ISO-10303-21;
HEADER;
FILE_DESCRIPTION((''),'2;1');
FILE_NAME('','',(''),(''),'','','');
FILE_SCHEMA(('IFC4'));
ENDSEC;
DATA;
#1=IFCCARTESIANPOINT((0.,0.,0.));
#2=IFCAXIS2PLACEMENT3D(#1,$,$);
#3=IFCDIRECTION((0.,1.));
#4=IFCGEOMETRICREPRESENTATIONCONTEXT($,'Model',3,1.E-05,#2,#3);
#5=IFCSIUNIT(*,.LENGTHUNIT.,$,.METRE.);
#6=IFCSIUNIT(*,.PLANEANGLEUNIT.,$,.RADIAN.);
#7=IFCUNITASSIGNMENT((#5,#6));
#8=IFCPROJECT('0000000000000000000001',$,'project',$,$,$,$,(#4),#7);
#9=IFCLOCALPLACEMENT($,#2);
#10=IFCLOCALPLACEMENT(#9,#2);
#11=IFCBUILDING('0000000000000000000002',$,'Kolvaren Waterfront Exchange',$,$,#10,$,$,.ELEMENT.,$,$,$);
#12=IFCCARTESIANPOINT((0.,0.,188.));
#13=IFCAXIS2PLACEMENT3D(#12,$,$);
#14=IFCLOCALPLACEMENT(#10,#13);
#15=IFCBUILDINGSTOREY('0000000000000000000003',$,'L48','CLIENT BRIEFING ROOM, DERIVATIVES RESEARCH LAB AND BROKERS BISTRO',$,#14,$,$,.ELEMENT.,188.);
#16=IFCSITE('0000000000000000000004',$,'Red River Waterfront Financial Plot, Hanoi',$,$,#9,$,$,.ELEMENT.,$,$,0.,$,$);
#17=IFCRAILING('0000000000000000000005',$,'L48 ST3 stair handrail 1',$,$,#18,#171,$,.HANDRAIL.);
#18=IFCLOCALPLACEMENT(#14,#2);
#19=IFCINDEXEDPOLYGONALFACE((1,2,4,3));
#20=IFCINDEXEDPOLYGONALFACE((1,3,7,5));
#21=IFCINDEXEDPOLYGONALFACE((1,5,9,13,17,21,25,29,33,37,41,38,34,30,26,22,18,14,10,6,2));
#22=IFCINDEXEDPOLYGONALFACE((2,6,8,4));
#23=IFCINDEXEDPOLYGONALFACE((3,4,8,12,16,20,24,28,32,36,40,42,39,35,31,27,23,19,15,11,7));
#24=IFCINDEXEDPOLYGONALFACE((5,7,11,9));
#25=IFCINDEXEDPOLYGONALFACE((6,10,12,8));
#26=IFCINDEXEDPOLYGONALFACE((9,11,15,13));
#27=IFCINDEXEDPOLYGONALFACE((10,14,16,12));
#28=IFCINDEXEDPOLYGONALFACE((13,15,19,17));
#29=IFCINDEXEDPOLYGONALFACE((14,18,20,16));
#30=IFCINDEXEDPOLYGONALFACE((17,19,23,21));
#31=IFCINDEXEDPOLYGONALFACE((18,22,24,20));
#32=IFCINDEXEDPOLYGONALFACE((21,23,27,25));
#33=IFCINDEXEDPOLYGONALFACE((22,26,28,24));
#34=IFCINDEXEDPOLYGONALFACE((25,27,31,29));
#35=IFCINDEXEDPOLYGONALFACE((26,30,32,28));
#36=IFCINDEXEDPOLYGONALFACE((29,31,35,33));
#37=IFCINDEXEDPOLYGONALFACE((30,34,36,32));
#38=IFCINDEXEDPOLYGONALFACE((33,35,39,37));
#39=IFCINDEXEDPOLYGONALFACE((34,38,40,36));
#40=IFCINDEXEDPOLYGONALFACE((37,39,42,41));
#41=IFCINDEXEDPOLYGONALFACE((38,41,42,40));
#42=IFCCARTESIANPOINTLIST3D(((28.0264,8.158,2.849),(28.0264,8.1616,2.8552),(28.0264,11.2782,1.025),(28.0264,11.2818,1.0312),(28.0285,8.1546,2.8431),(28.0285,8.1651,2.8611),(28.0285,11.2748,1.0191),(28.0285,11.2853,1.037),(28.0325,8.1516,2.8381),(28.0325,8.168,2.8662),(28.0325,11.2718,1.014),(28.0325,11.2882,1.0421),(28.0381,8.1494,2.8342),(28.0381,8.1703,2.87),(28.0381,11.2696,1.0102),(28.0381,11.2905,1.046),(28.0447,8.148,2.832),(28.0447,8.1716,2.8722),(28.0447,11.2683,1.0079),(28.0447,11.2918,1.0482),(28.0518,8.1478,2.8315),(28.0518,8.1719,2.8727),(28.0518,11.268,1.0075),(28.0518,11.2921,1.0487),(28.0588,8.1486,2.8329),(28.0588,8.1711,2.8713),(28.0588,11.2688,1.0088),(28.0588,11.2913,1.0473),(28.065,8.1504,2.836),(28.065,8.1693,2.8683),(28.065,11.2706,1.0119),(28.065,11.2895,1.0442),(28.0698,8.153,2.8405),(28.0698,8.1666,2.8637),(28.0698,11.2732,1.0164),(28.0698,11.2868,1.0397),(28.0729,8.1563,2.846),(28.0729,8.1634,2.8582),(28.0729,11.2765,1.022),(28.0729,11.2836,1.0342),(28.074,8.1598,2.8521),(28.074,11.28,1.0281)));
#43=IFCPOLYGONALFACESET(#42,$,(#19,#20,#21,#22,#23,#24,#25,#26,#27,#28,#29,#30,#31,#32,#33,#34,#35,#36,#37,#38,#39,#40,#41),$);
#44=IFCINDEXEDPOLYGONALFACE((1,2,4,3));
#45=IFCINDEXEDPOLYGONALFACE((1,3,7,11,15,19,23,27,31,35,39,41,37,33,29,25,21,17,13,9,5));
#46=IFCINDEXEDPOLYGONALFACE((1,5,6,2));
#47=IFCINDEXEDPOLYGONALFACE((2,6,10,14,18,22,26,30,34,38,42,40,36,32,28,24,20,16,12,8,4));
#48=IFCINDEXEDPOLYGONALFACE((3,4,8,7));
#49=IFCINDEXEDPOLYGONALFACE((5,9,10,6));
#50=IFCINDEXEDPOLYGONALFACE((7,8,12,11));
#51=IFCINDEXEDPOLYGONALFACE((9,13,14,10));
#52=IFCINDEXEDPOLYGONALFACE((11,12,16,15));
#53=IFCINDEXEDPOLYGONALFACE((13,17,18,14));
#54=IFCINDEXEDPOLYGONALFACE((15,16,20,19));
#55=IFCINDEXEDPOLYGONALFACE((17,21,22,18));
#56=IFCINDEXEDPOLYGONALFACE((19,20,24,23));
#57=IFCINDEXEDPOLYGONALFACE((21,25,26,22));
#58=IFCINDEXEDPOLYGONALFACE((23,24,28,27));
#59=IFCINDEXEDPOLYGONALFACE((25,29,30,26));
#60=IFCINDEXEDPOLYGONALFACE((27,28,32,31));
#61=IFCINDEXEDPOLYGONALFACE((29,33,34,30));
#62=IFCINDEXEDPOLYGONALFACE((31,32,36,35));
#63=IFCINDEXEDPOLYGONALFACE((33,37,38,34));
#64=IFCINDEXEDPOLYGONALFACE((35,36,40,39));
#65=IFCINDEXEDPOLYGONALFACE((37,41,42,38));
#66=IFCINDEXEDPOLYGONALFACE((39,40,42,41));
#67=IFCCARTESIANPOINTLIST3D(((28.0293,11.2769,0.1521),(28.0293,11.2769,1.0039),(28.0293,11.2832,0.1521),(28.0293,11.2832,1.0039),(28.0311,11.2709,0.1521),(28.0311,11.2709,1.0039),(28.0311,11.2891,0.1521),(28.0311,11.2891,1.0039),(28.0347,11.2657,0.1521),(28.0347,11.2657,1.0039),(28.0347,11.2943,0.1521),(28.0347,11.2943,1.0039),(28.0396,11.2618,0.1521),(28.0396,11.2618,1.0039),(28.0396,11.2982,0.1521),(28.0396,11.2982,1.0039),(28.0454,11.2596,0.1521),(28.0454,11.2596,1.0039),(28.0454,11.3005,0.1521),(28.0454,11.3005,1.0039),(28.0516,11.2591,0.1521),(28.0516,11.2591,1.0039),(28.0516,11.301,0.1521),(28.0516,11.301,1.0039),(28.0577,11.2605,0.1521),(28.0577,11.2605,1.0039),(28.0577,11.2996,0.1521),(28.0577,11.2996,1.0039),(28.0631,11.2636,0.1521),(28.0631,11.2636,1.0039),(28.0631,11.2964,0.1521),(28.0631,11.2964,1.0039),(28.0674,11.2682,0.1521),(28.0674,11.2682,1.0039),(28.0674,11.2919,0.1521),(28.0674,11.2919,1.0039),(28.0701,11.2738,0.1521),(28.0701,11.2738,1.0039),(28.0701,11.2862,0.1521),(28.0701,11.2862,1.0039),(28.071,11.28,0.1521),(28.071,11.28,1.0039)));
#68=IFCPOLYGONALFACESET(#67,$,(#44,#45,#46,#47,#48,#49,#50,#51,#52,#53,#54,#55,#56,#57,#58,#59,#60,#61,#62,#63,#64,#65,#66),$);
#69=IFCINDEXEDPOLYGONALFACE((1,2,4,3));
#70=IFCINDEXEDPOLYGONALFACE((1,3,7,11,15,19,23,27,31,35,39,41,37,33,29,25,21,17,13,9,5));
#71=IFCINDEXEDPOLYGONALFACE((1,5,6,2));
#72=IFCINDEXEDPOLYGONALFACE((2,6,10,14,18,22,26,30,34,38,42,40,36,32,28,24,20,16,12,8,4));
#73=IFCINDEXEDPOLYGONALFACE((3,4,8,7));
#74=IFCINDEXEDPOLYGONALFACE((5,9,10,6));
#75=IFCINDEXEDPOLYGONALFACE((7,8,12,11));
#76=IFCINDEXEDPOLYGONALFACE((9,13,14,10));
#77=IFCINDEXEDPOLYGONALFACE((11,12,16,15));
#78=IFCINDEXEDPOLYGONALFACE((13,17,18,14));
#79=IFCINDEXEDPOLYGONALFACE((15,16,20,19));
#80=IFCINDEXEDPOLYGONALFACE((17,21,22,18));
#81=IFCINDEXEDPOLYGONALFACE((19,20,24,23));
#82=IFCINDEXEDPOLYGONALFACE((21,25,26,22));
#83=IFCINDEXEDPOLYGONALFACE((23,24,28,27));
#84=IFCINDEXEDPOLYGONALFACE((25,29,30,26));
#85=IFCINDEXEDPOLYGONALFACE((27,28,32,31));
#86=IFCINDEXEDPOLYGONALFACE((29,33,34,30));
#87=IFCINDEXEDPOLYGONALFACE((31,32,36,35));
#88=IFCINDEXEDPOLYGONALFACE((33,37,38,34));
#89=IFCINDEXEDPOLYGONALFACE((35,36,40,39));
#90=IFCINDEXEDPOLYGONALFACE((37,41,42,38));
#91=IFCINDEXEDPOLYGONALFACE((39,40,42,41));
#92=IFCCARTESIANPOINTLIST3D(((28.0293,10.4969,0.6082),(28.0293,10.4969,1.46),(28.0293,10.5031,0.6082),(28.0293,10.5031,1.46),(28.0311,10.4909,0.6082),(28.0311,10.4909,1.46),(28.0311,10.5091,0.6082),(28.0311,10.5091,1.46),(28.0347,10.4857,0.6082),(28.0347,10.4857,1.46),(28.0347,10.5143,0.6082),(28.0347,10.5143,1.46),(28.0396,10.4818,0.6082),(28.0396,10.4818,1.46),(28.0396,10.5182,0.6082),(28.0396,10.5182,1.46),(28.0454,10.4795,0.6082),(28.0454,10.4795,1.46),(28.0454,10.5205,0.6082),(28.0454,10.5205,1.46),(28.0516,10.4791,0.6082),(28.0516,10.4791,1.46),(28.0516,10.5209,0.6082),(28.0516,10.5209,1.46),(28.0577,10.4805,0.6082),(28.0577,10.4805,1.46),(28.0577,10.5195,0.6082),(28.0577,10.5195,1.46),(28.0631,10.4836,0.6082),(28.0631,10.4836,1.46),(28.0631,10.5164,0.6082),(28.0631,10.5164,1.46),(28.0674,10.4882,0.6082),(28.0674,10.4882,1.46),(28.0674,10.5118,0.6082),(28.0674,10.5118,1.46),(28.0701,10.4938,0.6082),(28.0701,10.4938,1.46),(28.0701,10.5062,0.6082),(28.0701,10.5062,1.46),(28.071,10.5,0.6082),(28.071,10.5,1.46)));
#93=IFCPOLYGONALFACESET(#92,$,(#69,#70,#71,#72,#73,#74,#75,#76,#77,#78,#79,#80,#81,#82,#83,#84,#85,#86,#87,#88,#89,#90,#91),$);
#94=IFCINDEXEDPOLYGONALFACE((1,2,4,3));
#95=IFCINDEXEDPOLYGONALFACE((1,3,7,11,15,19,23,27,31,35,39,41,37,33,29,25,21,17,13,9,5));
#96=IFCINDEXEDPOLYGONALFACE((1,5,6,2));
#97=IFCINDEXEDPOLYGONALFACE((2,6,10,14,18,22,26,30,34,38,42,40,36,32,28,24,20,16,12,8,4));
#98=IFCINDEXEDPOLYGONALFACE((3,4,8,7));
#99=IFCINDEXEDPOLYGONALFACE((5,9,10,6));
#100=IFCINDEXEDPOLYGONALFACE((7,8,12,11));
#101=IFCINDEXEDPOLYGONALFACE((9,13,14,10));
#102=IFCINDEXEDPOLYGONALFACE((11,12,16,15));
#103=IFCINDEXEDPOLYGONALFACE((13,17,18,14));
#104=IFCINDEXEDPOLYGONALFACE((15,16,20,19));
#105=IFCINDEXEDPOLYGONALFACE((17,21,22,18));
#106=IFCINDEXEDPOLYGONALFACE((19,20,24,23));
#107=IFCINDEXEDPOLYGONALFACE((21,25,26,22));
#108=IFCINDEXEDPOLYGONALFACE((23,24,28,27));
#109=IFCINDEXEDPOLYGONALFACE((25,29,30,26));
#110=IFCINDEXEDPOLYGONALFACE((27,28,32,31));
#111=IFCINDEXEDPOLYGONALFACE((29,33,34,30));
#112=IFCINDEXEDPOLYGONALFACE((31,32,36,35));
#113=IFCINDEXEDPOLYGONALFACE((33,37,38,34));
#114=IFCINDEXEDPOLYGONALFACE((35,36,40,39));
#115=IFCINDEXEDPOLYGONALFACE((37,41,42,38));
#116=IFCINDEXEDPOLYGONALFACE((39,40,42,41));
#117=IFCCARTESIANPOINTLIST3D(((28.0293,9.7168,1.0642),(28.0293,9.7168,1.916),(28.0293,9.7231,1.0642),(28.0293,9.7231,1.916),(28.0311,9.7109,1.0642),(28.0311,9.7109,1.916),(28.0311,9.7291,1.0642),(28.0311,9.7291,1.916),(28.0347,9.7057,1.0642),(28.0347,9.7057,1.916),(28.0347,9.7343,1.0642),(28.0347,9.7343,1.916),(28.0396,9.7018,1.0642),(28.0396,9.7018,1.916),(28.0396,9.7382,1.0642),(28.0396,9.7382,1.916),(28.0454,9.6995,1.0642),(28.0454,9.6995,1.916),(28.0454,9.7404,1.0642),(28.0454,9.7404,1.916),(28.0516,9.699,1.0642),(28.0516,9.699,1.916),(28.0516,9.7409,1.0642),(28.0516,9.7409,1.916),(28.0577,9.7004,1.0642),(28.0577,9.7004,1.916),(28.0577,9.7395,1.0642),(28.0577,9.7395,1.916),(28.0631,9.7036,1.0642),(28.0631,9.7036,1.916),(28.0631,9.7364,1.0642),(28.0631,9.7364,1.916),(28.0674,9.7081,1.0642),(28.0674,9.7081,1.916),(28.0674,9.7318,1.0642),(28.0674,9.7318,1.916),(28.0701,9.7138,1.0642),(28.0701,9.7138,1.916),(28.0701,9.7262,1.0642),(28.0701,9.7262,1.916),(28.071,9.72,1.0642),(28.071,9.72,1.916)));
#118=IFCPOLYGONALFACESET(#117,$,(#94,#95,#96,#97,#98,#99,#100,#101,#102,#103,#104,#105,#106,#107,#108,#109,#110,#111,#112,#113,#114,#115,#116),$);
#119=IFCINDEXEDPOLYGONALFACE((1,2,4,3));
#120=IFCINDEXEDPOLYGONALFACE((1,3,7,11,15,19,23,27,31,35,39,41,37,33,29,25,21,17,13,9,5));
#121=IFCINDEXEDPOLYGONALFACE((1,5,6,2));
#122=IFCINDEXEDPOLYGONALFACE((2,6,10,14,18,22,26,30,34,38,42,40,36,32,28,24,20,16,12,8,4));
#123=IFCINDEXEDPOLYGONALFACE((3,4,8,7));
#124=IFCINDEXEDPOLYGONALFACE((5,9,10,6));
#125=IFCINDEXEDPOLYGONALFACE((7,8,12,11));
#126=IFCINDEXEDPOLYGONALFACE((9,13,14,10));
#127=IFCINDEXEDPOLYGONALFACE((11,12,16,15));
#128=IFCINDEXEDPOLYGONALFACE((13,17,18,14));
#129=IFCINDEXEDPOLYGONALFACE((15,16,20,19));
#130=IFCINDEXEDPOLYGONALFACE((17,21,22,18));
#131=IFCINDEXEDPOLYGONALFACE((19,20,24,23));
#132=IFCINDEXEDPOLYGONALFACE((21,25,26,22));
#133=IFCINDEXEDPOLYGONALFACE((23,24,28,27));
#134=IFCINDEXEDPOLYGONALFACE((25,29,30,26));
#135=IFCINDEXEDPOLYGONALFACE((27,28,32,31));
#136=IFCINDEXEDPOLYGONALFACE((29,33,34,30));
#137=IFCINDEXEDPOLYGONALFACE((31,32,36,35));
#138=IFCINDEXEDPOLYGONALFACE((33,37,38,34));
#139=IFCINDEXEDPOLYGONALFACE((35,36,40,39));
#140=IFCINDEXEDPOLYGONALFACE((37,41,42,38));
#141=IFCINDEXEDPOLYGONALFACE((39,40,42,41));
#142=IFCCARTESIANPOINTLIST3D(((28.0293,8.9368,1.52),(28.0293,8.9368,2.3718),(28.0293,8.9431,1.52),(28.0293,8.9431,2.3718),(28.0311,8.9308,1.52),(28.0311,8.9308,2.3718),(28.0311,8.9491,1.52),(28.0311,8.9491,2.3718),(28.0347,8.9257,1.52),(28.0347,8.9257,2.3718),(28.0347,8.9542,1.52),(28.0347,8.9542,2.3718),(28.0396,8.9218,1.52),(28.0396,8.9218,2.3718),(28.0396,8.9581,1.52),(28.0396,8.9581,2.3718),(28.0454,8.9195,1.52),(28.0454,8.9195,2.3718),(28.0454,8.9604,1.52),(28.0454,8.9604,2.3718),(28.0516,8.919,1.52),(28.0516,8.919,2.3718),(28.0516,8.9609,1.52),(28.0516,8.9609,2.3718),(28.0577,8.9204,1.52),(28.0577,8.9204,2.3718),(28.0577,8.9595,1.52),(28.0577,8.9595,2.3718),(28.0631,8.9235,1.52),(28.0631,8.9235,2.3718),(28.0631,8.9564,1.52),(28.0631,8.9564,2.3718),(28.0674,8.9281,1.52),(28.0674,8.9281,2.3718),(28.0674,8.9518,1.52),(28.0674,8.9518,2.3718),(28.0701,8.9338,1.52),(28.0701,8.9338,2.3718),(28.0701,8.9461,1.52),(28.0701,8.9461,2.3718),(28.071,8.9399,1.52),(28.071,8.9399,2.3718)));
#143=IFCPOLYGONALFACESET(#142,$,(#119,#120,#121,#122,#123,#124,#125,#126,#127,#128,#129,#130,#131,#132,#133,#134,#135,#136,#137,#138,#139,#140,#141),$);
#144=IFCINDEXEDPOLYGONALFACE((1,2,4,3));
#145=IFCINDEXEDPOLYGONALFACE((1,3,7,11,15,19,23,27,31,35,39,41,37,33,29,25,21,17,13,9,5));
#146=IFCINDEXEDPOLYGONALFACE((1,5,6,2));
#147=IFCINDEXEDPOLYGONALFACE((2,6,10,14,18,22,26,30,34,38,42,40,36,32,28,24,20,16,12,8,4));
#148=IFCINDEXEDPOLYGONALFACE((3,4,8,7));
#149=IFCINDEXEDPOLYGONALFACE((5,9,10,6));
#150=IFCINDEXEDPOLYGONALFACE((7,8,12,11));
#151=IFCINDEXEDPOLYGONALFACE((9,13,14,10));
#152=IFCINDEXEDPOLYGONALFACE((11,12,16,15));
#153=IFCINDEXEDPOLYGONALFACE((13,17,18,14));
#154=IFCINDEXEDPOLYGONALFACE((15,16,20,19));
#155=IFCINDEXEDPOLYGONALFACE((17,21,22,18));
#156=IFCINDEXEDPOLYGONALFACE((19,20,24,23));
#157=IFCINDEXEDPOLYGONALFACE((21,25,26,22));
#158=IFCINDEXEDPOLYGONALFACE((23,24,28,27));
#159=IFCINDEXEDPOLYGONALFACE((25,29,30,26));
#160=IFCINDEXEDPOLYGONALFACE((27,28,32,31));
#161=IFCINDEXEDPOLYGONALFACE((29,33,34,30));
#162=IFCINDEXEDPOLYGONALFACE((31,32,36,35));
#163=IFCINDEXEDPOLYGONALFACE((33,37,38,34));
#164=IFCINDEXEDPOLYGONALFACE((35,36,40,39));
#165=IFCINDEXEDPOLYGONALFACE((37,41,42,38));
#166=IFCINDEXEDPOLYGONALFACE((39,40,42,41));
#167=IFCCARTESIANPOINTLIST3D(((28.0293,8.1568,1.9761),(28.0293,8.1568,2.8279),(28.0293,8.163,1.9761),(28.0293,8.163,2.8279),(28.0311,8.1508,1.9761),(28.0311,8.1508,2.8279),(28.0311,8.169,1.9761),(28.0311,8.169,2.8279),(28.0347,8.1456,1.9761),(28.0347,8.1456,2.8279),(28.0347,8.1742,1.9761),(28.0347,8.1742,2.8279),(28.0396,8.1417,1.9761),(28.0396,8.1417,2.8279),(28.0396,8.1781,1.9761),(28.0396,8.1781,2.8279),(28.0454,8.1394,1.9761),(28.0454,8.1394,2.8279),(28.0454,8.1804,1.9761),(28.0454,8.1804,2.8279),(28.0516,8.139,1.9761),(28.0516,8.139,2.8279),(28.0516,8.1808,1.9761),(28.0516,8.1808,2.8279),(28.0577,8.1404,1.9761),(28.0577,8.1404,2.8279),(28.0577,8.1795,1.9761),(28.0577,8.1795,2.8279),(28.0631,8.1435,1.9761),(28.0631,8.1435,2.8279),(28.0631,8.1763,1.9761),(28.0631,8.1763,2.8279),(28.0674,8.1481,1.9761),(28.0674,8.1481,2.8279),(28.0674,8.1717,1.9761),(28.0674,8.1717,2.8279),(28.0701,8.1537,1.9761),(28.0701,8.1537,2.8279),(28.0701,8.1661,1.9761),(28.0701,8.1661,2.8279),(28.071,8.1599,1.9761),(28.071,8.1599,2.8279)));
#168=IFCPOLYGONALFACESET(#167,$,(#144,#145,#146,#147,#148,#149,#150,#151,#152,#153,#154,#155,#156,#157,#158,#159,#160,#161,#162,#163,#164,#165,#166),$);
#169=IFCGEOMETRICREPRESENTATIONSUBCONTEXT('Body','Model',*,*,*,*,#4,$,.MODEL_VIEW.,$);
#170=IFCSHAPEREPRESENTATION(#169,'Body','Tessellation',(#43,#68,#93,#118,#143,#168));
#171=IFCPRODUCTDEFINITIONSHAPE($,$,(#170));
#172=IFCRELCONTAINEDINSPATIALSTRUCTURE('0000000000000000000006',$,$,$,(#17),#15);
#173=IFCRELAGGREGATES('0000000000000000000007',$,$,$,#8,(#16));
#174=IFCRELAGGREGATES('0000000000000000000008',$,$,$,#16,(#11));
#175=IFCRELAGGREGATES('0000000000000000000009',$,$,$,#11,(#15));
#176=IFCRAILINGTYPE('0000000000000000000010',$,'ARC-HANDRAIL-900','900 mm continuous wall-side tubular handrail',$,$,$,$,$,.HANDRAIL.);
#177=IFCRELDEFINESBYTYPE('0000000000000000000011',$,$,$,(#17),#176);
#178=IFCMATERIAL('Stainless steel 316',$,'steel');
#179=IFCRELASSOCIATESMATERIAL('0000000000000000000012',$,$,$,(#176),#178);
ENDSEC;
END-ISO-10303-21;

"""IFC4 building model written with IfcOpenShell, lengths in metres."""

from ifc_helpers import new_model, si_unit, direction, frame, origin, origin_2d, place, context, subcontext, project, spatial, circle, extrude, material, type_object, element, save


model = new_model("IFC4")

# Units and contexts
model_context = context("Model", 3, precision=1e-05, world=origin(), true_north=direction((0.0, 1.0)))
body_context = subcontext(model_context, "Body", "Model", "MODEL_VIEW")
ifc_project = project(units=[si_unit("LENGTHUNIT", "METRE"), si_unit("PLANEANGLEUNIT", "RADIAN")], contexts=[model_context])

# Site, building, storey
site_placement = place(None, origin())
site = spatial("IfcSite", under=ifc_project, at=site_placement, Name="Red River Waterfront Financial Plot, Hanoi", CompositionType="ELEMENT", RefElevation=0.0)
building_placement = place(site_placement, origin())
building = spatial("IfcBuilding", under=site, at=building_placement, Name="Kolvaren Waterfront Exchange", CompositionType="ELEMENT")
storey_placement = place(building_placement, frame((0.0, 0.0, 188.0)))
storey = spatial("IfcBuildingStorey", under=building, at=storey_placement, Name="L48", Description="CLIENT BRIEFING ROOM, DERIVATIVES RESEARCH LAB AND BROKERS BISTRO", CompositionType="ELEMENT", Elevation=188.0)

# Railing
ifc_material_1 = material(Name="Stainless steel 316", Category="steel")
railing_type_1 = type_object("IfcRailingType", Name="ARC-HANDRAIL-900", Description="900 mm continuous wall-side tubular handrail", PredefinedType="HANDRAIL", material=ifc_material_1)
railing_1_placement = place(storey_placement, frame((28.05, 11.28, 0.1521)))
element("IfcRailing", 1, at=railing_1_placement, inside=storey, type_object=railing_type_1, Name="L48 ST3 stair handrail 1", PredefinedType="HANDRAIL", context=body_context, shape_type="SweptSolid", body=[
    extrude(circle(Radius=0.0239, at=origin_2d()), frame((0.0, 0.0, 0.876), z_axis=(0.0, -0.863308, 0.504677), x_axis=(1.0, 0.0, 0.0)), (0.0, 0.0, 1.0), 3.6143),
    extrude(circle(Radius=0.021, at=origin_2d()), origin(), (0.0, 0.0, 1.0), 0.8518),
    extrude(circle(Radius=0.021, at=origin_2d()), frame((0.0, -0.78, 0.4561)), (0.0, 0.0, 1.0), 0.8518),
    extrude(circle(Radius=0.021, at=origin_2d()), frame((0.0, -1.5601, 0.9121)), (0.0, 0.0, 1.0), 0.8518),
    extrude(circle(Radius=0.021, at=origin_2d()), frame((0.0, -2.3401, 1.3679)), (0.0, 0.0, 1.0), 0.8518),
    extrude(circle(Radius=0.021, at=origin_2d()), frame((0.0, -3.1201, 1.824)), (0.0, 0.0, 1.0), 0.8518),
])

save(model, "model.ifc")
